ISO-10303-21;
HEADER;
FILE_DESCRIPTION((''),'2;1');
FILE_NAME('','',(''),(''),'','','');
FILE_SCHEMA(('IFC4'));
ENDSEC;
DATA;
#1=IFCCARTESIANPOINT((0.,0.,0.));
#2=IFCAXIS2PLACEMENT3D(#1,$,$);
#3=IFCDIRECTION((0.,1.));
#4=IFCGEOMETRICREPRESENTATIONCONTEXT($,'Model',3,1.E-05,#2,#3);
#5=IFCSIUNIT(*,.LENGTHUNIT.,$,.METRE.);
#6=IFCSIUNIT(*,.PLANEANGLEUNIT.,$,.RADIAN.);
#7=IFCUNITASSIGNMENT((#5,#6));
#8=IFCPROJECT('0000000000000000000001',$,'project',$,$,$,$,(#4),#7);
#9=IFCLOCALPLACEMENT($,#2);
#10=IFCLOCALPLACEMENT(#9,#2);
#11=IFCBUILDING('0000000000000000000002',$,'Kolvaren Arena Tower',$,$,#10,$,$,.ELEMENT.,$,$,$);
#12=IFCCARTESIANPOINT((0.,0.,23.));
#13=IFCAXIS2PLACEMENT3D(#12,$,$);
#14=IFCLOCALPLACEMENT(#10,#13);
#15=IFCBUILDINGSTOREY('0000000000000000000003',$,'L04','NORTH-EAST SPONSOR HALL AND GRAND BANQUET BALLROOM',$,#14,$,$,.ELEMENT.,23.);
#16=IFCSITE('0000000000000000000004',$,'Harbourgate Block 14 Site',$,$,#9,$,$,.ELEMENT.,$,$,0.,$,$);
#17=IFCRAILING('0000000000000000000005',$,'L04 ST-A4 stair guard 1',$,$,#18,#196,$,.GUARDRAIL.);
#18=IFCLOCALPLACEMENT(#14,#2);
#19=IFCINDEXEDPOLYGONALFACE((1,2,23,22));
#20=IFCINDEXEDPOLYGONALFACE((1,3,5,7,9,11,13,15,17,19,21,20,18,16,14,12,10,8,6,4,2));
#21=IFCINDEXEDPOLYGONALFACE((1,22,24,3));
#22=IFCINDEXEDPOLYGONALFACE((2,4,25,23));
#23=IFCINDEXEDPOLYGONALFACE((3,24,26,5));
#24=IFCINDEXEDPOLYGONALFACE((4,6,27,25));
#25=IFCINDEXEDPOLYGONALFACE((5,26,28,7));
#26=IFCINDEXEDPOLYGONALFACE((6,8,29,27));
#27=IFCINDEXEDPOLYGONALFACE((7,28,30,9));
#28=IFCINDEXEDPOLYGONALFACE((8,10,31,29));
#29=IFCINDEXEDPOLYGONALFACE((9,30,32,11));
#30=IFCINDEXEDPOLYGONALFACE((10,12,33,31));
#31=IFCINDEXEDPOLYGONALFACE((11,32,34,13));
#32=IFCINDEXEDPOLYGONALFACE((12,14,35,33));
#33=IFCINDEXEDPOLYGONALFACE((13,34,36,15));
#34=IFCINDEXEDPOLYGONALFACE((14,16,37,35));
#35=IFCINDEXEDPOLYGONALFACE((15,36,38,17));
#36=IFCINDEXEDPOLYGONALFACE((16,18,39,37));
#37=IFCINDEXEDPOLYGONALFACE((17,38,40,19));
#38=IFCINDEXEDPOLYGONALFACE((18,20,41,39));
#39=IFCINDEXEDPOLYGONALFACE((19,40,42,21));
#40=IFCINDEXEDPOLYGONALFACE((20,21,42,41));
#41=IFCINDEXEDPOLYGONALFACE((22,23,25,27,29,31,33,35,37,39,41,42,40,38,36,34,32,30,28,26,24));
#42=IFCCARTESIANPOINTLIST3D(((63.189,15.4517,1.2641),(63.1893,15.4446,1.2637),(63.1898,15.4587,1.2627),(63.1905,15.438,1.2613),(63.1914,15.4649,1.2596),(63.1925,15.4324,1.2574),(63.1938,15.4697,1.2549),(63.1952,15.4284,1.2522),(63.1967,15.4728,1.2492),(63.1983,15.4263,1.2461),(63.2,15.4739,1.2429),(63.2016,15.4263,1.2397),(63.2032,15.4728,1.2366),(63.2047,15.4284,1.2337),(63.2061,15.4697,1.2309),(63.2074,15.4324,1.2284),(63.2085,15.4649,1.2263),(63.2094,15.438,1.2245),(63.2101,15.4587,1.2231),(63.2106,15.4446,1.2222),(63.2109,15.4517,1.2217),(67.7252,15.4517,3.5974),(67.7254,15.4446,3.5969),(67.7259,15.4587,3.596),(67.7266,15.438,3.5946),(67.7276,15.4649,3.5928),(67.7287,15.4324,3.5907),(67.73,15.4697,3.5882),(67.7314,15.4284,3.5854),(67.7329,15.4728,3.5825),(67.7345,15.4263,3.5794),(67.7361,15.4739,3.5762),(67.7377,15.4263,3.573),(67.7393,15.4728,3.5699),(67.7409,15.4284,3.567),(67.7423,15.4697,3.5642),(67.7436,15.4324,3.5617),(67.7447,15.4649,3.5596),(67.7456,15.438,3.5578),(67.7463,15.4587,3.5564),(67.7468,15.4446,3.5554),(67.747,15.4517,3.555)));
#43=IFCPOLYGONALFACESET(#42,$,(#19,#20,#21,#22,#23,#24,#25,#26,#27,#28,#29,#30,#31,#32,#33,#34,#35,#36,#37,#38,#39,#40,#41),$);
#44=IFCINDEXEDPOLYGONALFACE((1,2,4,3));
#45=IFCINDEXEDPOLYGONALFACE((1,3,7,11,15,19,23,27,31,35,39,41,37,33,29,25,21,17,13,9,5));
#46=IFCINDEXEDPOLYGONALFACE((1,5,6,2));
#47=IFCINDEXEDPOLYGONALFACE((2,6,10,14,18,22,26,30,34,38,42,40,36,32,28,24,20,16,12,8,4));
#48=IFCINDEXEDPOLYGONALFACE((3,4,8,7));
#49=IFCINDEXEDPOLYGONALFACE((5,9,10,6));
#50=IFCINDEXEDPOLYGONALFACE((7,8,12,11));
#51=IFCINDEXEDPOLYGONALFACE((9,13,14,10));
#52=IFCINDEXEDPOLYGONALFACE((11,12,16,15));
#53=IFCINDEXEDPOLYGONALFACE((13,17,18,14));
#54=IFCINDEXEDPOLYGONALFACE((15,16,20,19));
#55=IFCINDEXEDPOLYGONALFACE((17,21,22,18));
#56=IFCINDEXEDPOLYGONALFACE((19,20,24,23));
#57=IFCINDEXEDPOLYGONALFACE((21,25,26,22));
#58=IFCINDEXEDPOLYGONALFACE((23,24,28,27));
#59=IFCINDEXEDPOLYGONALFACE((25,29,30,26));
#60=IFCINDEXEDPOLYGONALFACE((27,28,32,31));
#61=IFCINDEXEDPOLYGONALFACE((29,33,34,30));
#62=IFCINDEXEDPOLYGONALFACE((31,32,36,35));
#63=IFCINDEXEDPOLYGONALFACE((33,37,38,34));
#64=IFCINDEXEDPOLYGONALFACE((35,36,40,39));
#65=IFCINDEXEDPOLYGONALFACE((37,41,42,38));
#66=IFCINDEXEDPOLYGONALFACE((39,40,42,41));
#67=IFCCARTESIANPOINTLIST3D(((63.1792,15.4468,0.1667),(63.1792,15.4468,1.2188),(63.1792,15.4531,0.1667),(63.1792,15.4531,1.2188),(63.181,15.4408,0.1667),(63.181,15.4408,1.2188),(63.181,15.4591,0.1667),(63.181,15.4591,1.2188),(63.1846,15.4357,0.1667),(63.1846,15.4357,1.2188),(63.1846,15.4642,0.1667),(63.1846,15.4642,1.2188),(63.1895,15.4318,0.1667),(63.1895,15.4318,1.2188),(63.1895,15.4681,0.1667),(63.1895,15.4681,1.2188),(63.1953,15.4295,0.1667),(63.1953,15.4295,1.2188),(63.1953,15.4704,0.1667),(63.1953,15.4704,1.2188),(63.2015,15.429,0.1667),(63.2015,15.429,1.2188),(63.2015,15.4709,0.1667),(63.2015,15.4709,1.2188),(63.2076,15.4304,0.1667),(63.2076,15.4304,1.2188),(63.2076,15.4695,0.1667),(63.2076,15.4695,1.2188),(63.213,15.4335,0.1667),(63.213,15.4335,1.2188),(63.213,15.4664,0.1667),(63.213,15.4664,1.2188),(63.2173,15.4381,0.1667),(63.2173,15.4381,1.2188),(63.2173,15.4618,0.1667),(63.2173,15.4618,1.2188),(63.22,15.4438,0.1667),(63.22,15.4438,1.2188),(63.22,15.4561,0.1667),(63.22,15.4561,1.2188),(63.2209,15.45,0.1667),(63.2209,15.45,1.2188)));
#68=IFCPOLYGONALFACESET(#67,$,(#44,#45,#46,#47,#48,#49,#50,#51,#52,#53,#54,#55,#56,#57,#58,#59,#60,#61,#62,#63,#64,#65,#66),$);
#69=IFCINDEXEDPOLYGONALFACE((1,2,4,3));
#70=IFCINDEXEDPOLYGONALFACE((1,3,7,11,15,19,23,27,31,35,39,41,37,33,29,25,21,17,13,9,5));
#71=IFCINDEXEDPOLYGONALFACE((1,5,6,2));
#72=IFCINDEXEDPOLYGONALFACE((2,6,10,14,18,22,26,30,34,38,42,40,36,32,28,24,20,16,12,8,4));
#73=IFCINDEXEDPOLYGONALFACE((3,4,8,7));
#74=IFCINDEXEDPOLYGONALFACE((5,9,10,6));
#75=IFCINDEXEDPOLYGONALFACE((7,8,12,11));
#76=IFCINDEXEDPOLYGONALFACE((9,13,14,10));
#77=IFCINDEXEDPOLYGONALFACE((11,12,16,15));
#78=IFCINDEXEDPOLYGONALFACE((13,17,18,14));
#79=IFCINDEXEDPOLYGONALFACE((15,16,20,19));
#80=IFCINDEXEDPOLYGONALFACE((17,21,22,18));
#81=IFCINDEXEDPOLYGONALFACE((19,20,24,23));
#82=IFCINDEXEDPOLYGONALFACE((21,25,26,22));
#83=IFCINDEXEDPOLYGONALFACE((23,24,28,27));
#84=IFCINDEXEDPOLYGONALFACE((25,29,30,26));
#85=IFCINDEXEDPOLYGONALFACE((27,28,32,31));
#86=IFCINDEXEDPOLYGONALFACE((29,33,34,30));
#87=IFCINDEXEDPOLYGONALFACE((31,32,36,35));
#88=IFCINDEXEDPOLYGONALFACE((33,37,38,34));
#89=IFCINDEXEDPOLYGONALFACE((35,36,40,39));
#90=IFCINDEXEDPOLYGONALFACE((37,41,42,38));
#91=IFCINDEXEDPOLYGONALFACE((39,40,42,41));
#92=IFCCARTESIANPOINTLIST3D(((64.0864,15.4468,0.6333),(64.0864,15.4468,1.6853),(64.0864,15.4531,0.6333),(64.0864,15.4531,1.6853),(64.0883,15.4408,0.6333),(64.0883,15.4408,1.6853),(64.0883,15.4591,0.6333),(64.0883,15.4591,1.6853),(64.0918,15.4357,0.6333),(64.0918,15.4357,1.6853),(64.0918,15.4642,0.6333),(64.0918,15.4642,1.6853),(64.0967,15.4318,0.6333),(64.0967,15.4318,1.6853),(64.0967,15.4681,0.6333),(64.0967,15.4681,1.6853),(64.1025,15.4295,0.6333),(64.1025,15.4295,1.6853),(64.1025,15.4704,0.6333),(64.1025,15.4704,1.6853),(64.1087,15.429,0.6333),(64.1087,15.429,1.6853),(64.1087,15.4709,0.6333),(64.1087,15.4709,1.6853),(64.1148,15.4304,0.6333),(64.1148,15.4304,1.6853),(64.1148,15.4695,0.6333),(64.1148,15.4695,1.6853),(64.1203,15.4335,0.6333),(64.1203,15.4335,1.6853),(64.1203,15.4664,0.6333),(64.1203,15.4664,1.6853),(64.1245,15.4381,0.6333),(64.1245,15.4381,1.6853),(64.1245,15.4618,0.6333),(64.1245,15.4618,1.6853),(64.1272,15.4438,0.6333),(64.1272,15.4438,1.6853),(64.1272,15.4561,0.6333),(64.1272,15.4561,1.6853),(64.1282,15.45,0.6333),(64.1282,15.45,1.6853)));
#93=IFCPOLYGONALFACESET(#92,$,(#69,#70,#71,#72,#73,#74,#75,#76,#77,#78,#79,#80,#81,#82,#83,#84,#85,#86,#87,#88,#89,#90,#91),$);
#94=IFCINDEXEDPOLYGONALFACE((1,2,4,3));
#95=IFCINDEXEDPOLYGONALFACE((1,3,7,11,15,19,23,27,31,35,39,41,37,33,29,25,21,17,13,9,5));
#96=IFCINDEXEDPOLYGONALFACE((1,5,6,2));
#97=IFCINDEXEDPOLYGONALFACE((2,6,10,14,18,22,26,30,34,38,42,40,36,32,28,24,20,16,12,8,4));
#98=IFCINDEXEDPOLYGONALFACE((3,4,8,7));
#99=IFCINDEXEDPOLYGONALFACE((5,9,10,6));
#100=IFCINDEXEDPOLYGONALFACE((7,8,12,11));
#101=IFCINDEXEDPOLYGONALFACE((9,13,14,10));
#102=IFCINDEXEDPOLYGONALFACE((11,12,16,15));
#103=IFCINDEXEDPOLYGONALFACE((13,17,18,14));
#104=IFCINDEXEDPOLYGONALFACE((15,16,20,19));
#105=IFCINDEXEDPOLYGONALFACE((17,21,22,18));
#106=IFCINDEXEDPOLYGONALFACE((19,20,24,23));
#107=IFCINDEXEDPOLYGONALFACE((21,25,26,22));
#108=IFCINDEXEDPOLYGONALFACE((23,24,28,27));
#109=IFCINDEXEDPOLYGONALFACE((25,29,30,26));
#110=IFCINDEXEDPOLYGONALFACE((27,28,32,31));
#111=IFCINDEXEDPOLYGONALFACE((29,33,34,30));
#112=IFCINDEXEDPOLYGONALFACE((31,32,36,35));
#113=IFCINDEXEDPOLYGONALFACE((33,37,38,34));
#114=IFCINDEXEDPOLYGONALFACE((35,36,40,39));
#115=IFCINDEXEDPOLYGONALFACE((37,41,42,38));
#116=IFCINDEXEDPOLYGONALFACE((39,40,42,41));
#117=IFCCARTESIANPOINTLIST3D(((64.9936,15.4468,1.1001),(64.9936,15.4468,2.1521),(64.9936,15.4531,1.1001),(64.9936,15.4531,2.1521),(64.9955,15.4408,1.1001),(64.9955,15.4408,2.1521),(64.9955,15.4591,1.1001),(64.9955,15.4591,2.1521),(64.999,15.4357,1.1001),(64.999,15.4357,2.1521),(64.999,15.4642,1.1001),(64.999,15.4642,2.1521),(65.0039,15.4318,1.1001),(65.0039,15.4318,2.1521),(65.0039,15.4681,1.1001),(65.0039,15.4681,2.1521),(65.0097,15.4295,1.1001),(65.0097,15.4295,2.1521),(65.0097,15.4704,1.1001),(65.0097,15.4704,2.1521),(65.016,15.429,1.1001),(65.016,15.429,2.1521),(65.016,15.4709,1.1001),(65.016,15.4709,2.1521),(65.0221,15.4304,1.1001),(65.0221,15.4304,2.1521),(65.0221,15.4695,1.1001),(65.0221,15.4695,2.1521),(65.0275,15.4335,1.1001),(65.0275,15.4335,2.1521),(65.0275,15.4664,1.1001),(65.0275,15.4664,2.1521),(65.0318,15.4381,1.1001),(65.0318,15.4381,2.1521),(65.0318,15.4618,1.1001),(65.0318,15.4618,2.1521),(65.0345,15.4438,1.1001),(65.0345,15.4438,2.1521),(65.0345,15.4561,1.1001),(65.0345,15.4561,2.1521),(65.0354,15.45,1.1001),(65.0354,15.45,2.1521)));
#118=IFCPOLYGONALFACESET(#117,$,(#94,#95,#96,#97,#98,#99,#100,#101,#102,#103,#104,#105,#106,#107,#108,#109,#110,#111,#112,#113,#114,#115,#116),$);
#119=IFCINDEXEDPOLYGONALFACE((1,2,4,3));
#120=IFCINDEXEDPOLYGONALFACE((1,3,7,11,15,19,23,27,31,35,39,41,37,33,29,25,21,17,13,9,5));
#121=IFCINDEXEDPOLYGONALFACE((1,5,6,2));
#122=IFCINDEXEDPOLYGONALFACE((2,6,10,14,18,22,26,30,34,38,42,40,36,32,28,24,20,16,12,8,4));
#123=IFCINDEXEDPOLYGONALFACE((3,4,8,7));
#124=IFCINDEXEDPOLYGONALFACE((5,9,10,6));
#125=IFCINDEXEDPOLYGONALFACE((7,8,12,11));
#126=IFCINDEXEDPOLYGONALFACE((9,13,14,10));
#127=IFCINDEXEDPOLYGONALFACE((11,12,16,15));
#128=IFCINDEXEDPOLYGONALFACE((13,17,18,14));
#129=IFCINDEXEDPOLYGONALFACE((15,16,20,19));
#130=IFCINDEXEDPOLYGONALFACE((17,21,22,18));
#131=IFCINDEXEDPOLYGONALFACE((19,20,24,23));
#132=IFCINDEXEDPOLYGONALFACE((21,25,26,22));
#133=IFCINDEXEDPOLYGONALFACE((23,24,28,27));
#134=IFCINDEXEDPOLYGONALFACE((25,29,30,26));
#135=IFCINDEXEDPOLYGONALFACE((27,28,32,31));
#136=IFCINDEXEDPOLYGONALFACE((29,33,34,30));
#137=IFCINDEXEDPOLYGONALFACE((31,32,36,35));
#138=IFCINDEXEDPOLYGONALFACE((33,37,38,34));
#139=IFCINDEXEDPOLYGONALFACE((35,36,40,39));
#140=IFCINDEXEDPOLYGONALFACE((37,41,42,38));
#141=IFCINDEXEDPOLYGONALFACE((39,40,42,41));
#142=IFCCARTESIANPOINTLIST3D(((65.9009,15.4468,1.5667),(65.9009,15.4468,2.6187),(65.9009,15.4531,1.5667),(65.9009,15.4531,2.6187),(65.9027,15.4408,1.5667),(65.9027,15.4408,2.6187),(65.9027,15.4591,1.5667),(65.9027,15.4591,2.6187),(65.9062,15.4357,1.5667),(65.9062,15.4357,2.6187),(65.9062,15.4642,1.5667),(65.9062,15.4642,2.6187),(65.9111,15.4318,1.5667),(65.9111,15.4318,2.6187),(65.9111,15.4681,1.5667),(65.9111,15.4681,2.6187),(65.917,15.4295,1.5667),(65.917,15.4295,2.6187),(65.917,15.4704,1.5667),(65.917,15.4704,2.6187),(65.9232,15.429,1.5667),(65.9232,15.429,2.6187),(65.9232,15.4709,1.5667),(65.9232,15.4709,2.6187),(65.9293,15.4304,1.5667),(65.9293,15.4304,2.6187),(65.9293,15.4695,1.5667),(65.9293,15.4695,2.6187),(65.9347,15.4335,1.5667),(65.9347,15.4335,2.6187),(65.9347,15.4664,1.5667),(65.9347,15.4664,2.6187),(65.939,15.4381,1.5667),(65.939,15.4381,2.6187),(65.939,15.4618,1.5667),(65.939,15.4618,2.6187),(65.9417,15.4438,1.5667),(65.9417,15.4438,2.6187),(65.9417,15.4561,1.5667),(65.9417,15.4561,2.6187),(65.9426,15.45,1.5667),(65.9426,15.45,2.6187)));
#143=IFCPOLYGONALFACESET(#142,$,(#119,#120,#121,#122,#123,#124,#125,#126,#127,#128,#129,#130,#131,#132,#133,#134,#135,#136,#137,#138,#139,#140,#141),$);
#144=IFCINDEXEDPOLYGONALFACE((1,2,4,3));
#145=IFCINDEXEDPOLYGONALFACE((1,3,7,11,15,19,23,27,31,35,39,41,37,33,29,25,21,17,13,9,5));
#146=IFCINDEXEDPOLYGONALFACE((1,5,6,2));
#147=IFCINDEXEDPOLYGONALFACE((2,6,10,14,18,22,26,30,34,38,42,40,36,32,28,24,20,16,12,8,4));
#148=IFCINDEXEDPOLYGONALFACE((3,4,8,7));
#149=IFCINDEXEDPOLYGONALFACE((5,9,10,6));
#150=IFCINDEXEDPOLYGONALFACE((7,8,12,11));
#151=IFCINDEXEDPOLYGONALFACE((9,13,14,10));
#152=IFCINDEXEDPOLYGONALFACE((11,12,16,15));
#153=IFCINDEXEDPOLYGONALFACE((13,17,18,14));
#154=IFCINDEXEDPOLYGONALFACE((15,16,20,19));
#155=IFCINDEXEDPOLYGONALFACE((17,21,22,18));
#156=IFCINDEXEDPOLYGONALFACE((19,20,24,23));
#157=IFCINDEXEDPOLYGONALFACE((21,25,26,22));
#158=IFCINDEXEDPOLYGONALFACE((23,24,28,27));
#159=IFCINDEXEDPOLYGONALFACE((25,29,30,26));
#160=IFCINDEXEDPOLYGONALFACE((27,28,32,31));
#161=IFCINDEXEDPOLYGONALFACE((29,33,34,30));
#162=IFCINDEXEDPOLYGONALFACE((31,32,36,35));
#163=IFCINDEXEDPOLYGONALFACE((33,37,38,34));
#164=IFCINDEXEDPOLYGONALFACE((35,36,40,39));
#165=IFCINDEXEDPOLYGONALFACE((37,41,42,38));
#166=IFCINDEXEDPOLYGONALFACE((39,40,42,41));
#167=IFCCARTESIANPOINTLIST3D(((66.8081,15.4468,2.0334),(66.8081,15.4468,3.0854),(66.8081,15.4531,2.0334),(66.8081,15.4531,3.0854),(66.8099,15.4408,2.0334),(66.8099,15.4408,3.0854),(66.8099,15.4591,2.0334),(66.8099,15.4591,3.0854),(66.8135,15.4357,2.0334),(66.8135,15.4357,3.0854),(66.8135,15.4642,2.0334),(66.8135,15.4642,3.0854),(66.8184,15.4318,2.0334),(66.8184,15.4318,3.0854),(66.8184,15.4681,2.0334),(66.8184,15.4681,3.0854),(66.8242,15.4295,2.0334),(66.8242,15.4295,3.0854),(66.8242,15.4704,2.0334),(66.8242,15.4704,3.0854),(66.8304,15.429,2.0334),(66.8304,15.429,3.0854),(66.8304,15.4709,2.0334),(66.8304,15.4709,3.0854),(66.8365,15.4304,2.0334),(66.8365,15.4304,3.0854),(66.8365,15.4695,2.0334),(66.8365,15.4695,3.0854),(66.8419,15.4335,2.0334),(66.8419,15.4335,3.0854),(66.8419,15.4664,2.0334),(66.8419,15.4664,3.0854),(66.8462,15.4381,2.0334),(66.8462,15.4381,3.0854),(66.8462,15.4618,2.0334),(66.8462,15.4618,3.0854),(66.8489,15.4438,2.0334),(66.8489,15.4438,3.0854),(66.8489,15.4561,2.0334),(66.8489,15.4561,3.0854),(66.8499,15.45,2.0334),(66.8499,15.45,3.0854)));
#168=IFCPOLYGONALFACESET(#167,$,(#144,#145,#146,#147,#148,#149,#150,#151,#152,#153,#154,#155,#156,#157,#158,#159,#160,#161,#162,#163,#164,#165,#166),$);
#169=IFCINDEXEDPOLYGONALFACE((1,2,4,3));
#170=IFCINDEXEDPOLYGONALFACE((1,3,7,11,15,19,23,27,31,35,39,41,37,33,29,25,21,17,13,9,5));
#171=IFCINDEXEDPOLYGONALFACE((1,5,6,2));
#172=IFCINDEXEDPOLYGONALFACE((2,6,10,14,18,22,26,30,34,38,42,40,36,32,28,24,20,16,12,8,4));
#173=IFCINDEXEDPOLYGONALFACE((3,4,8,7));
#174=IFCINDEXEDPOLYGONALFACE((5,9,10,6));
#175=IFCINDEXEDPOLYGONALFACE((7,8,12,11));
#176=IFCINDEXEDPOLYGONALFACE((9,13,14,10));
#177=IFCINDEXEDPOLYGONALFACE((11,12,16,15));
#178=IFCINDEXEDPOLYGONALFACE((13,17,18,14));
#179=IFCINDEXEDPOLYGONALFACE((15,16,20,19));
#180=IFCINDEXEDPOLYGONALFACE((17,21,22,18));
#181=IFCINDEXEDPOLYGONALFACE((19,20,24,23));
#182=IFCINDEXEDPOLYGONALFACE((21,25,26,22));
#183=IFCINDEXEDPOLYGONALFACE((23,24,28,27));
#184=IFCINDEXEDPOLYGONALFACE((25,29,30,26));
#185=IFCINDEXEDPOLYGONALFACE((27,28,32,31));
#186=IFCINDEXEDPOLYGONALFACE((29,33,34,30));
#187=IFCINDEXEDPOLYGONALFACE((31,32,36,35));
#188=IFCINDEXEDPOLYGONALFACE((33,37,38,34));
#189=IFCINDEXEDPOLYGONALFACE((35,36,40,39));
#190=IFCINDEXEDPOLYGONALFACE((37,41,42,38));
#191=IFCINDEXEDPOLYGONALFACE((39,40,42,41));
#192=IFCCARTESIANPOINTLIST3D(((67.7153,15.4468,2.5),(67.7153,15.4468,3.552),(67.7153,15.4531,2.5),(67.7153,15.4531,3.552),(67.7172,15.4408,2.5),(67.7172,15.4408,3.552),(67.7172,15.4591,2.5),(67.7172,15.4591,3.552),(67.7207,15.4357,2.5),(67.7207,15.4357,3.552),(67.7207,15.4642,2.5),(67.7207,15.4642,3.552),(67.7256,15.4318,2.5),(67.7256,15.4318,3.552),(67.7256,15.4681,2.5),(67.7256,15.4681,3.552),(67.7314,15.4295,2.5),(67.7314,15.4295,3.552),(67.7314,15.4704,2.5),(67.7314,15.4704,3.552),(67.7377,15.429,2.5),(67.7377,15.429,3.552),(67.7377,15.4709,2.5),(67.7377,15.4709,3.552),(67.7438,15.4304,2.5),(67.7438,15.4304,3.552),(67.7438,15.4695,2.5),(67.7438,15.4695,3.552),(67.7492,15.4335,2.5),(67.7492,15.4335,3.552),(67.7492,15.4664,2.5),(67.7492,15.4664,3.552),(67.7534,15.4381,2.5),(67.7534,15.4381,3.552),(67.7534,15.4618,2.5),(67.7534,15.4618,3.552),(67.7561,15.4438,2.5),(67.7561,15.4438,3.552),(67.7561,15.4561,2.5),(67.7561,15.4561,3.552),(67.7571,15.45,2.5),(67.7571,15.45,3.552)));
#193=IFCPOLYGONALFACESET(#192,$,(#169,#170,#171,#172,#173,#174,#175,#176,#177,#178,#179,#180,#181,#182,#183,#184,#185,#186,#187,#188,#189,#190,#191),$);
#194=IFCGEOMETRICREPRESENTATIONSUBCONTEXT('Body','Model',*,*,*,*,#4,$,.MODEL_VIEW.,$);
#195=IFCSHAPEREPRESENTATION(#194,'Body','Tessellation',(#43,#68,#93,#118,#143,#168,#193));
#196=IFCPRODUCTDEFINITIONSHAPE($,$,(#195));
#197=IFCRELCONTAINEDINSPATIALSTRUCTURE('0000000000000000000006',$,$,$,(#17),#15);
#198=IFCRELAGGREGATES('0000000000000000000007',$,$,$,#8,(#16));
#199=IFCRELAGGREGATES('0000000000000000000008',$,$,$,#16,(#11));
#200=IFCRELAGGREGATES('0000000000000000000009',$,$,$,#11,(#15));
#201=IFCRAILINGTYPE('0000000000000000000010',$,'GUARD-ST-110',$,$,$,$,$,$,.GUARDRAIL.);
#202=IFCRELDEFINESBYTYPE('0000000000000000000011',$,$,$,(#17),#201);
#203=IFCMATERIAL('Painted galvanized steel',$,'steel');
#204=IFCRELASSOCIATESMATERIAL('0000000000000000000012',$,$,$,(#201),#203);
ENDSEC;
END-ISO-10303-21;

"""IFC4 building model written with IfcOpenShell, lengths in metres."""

from ifc_helpers import new_model, si_unit, direction, frame, origin, origin_2d, place, context, subcontext, project, spatial, circle, extrude, material, type_object, element, save


model = new_model("IFC4")

# Units and contexts
model_context = context("Model", 3, precision=1e-05, world=origin(), true_north=direction((0.0, 1.0)))
body_context = subcontext(model_context, "Body", "Model", "MODEL_VIEW")
ifc_project = project(units=[si_unit("LENGTHUNIT", "METRE"), si_unit("PLANEANGLEUNIT", "RADIAN")], contexts=[model_context])

# Site, building, storey
site_placement = place(None, origin())
site = spatial("IfcSite", under=ifc_project, at=site_placement, Name="Harbourgate Block 14 Site", CompositionType="ELEMENT", RefElevation=0.0)
building_placement = place(site_placement, origin())
building = spatial("IfcBuilding", under=site, at=building_placement, Name="Kolvaren Arena Tower", CompositionType="ELEMENT")
storey_placement = place(building_placement, frame((0.0, 0.0, 23.0)))
storey = spatial("IfcBuildingStorey", under=building, at=storey_placement, Name="L04", Description="NORTH-EAST SPONSOR HALL AND GRAND BANQUET BALLROOM", CompositionType="ELEMENT", Elevation=23.0)

# Railing
ifc_material_1 = material(Name="Painted galvanized steel", Category="steel")
railing_type_1 = type_object("IfcRailingType", Name="GUARD-ST-110", PredefinedType="GUARDRAIL", material=ifc_material_1)
railing_1_placement = place(storey_placement, frame((63.2, 15.45, 0.1667)))
element("IfcRailing", 1, at=railing_1_placement, inside=storey, type_object=railing_type_1, Name="L04 ST-A4 stair guard 1", PredefinedType="GUARDRAIL", context=body_context, shape_type="SweptSolid", body=[
    extrude(circle(Radius=0.0239, at=origin_2d()), frame((0.0, 0.0, 1.0762), z_axis=(0.889257, 0.0, 0.457407), x_axis=(0.0, 1.0, 0.0)), (0.0, 0.0, 1.0), 5.1011),
    extrude(circle(Radius=0.021, at=origin_2d()), origin(), (0.0, 0.0, 1.0), 1.052),
    extrude(circle(Radius=0.021, at=origin_2d()), frame((0.9072, 0.0, 0.4666)), (0.0, 0.0, 1.0), 1.052),
    extrude(circle(Radius=0.021, at=origin_2d()), frame((1.8145, 0.0, 0.9333)), (0.0, 0.0, 1.0), 1.052),
    extrude(circle(Radius=0.021, at=origin_2d()), frame((2.7217, 0.0, 1.3999)), (0.0, 0.0, 1.0), 1.052),
    extrude(circle(Radius=0.021, at=origin_2d()), frame((3.6289, 0.0, 1.8667)), (0.0, 0.0, 1.0), 1.052),
    extrude(circle(Radius=0.021, at=origin_2d()), frame((4.5361, 0.0, 2.3333)), (0.0, 0.0, 1.0), 1.052),
])

save(model, "model.ifc")
